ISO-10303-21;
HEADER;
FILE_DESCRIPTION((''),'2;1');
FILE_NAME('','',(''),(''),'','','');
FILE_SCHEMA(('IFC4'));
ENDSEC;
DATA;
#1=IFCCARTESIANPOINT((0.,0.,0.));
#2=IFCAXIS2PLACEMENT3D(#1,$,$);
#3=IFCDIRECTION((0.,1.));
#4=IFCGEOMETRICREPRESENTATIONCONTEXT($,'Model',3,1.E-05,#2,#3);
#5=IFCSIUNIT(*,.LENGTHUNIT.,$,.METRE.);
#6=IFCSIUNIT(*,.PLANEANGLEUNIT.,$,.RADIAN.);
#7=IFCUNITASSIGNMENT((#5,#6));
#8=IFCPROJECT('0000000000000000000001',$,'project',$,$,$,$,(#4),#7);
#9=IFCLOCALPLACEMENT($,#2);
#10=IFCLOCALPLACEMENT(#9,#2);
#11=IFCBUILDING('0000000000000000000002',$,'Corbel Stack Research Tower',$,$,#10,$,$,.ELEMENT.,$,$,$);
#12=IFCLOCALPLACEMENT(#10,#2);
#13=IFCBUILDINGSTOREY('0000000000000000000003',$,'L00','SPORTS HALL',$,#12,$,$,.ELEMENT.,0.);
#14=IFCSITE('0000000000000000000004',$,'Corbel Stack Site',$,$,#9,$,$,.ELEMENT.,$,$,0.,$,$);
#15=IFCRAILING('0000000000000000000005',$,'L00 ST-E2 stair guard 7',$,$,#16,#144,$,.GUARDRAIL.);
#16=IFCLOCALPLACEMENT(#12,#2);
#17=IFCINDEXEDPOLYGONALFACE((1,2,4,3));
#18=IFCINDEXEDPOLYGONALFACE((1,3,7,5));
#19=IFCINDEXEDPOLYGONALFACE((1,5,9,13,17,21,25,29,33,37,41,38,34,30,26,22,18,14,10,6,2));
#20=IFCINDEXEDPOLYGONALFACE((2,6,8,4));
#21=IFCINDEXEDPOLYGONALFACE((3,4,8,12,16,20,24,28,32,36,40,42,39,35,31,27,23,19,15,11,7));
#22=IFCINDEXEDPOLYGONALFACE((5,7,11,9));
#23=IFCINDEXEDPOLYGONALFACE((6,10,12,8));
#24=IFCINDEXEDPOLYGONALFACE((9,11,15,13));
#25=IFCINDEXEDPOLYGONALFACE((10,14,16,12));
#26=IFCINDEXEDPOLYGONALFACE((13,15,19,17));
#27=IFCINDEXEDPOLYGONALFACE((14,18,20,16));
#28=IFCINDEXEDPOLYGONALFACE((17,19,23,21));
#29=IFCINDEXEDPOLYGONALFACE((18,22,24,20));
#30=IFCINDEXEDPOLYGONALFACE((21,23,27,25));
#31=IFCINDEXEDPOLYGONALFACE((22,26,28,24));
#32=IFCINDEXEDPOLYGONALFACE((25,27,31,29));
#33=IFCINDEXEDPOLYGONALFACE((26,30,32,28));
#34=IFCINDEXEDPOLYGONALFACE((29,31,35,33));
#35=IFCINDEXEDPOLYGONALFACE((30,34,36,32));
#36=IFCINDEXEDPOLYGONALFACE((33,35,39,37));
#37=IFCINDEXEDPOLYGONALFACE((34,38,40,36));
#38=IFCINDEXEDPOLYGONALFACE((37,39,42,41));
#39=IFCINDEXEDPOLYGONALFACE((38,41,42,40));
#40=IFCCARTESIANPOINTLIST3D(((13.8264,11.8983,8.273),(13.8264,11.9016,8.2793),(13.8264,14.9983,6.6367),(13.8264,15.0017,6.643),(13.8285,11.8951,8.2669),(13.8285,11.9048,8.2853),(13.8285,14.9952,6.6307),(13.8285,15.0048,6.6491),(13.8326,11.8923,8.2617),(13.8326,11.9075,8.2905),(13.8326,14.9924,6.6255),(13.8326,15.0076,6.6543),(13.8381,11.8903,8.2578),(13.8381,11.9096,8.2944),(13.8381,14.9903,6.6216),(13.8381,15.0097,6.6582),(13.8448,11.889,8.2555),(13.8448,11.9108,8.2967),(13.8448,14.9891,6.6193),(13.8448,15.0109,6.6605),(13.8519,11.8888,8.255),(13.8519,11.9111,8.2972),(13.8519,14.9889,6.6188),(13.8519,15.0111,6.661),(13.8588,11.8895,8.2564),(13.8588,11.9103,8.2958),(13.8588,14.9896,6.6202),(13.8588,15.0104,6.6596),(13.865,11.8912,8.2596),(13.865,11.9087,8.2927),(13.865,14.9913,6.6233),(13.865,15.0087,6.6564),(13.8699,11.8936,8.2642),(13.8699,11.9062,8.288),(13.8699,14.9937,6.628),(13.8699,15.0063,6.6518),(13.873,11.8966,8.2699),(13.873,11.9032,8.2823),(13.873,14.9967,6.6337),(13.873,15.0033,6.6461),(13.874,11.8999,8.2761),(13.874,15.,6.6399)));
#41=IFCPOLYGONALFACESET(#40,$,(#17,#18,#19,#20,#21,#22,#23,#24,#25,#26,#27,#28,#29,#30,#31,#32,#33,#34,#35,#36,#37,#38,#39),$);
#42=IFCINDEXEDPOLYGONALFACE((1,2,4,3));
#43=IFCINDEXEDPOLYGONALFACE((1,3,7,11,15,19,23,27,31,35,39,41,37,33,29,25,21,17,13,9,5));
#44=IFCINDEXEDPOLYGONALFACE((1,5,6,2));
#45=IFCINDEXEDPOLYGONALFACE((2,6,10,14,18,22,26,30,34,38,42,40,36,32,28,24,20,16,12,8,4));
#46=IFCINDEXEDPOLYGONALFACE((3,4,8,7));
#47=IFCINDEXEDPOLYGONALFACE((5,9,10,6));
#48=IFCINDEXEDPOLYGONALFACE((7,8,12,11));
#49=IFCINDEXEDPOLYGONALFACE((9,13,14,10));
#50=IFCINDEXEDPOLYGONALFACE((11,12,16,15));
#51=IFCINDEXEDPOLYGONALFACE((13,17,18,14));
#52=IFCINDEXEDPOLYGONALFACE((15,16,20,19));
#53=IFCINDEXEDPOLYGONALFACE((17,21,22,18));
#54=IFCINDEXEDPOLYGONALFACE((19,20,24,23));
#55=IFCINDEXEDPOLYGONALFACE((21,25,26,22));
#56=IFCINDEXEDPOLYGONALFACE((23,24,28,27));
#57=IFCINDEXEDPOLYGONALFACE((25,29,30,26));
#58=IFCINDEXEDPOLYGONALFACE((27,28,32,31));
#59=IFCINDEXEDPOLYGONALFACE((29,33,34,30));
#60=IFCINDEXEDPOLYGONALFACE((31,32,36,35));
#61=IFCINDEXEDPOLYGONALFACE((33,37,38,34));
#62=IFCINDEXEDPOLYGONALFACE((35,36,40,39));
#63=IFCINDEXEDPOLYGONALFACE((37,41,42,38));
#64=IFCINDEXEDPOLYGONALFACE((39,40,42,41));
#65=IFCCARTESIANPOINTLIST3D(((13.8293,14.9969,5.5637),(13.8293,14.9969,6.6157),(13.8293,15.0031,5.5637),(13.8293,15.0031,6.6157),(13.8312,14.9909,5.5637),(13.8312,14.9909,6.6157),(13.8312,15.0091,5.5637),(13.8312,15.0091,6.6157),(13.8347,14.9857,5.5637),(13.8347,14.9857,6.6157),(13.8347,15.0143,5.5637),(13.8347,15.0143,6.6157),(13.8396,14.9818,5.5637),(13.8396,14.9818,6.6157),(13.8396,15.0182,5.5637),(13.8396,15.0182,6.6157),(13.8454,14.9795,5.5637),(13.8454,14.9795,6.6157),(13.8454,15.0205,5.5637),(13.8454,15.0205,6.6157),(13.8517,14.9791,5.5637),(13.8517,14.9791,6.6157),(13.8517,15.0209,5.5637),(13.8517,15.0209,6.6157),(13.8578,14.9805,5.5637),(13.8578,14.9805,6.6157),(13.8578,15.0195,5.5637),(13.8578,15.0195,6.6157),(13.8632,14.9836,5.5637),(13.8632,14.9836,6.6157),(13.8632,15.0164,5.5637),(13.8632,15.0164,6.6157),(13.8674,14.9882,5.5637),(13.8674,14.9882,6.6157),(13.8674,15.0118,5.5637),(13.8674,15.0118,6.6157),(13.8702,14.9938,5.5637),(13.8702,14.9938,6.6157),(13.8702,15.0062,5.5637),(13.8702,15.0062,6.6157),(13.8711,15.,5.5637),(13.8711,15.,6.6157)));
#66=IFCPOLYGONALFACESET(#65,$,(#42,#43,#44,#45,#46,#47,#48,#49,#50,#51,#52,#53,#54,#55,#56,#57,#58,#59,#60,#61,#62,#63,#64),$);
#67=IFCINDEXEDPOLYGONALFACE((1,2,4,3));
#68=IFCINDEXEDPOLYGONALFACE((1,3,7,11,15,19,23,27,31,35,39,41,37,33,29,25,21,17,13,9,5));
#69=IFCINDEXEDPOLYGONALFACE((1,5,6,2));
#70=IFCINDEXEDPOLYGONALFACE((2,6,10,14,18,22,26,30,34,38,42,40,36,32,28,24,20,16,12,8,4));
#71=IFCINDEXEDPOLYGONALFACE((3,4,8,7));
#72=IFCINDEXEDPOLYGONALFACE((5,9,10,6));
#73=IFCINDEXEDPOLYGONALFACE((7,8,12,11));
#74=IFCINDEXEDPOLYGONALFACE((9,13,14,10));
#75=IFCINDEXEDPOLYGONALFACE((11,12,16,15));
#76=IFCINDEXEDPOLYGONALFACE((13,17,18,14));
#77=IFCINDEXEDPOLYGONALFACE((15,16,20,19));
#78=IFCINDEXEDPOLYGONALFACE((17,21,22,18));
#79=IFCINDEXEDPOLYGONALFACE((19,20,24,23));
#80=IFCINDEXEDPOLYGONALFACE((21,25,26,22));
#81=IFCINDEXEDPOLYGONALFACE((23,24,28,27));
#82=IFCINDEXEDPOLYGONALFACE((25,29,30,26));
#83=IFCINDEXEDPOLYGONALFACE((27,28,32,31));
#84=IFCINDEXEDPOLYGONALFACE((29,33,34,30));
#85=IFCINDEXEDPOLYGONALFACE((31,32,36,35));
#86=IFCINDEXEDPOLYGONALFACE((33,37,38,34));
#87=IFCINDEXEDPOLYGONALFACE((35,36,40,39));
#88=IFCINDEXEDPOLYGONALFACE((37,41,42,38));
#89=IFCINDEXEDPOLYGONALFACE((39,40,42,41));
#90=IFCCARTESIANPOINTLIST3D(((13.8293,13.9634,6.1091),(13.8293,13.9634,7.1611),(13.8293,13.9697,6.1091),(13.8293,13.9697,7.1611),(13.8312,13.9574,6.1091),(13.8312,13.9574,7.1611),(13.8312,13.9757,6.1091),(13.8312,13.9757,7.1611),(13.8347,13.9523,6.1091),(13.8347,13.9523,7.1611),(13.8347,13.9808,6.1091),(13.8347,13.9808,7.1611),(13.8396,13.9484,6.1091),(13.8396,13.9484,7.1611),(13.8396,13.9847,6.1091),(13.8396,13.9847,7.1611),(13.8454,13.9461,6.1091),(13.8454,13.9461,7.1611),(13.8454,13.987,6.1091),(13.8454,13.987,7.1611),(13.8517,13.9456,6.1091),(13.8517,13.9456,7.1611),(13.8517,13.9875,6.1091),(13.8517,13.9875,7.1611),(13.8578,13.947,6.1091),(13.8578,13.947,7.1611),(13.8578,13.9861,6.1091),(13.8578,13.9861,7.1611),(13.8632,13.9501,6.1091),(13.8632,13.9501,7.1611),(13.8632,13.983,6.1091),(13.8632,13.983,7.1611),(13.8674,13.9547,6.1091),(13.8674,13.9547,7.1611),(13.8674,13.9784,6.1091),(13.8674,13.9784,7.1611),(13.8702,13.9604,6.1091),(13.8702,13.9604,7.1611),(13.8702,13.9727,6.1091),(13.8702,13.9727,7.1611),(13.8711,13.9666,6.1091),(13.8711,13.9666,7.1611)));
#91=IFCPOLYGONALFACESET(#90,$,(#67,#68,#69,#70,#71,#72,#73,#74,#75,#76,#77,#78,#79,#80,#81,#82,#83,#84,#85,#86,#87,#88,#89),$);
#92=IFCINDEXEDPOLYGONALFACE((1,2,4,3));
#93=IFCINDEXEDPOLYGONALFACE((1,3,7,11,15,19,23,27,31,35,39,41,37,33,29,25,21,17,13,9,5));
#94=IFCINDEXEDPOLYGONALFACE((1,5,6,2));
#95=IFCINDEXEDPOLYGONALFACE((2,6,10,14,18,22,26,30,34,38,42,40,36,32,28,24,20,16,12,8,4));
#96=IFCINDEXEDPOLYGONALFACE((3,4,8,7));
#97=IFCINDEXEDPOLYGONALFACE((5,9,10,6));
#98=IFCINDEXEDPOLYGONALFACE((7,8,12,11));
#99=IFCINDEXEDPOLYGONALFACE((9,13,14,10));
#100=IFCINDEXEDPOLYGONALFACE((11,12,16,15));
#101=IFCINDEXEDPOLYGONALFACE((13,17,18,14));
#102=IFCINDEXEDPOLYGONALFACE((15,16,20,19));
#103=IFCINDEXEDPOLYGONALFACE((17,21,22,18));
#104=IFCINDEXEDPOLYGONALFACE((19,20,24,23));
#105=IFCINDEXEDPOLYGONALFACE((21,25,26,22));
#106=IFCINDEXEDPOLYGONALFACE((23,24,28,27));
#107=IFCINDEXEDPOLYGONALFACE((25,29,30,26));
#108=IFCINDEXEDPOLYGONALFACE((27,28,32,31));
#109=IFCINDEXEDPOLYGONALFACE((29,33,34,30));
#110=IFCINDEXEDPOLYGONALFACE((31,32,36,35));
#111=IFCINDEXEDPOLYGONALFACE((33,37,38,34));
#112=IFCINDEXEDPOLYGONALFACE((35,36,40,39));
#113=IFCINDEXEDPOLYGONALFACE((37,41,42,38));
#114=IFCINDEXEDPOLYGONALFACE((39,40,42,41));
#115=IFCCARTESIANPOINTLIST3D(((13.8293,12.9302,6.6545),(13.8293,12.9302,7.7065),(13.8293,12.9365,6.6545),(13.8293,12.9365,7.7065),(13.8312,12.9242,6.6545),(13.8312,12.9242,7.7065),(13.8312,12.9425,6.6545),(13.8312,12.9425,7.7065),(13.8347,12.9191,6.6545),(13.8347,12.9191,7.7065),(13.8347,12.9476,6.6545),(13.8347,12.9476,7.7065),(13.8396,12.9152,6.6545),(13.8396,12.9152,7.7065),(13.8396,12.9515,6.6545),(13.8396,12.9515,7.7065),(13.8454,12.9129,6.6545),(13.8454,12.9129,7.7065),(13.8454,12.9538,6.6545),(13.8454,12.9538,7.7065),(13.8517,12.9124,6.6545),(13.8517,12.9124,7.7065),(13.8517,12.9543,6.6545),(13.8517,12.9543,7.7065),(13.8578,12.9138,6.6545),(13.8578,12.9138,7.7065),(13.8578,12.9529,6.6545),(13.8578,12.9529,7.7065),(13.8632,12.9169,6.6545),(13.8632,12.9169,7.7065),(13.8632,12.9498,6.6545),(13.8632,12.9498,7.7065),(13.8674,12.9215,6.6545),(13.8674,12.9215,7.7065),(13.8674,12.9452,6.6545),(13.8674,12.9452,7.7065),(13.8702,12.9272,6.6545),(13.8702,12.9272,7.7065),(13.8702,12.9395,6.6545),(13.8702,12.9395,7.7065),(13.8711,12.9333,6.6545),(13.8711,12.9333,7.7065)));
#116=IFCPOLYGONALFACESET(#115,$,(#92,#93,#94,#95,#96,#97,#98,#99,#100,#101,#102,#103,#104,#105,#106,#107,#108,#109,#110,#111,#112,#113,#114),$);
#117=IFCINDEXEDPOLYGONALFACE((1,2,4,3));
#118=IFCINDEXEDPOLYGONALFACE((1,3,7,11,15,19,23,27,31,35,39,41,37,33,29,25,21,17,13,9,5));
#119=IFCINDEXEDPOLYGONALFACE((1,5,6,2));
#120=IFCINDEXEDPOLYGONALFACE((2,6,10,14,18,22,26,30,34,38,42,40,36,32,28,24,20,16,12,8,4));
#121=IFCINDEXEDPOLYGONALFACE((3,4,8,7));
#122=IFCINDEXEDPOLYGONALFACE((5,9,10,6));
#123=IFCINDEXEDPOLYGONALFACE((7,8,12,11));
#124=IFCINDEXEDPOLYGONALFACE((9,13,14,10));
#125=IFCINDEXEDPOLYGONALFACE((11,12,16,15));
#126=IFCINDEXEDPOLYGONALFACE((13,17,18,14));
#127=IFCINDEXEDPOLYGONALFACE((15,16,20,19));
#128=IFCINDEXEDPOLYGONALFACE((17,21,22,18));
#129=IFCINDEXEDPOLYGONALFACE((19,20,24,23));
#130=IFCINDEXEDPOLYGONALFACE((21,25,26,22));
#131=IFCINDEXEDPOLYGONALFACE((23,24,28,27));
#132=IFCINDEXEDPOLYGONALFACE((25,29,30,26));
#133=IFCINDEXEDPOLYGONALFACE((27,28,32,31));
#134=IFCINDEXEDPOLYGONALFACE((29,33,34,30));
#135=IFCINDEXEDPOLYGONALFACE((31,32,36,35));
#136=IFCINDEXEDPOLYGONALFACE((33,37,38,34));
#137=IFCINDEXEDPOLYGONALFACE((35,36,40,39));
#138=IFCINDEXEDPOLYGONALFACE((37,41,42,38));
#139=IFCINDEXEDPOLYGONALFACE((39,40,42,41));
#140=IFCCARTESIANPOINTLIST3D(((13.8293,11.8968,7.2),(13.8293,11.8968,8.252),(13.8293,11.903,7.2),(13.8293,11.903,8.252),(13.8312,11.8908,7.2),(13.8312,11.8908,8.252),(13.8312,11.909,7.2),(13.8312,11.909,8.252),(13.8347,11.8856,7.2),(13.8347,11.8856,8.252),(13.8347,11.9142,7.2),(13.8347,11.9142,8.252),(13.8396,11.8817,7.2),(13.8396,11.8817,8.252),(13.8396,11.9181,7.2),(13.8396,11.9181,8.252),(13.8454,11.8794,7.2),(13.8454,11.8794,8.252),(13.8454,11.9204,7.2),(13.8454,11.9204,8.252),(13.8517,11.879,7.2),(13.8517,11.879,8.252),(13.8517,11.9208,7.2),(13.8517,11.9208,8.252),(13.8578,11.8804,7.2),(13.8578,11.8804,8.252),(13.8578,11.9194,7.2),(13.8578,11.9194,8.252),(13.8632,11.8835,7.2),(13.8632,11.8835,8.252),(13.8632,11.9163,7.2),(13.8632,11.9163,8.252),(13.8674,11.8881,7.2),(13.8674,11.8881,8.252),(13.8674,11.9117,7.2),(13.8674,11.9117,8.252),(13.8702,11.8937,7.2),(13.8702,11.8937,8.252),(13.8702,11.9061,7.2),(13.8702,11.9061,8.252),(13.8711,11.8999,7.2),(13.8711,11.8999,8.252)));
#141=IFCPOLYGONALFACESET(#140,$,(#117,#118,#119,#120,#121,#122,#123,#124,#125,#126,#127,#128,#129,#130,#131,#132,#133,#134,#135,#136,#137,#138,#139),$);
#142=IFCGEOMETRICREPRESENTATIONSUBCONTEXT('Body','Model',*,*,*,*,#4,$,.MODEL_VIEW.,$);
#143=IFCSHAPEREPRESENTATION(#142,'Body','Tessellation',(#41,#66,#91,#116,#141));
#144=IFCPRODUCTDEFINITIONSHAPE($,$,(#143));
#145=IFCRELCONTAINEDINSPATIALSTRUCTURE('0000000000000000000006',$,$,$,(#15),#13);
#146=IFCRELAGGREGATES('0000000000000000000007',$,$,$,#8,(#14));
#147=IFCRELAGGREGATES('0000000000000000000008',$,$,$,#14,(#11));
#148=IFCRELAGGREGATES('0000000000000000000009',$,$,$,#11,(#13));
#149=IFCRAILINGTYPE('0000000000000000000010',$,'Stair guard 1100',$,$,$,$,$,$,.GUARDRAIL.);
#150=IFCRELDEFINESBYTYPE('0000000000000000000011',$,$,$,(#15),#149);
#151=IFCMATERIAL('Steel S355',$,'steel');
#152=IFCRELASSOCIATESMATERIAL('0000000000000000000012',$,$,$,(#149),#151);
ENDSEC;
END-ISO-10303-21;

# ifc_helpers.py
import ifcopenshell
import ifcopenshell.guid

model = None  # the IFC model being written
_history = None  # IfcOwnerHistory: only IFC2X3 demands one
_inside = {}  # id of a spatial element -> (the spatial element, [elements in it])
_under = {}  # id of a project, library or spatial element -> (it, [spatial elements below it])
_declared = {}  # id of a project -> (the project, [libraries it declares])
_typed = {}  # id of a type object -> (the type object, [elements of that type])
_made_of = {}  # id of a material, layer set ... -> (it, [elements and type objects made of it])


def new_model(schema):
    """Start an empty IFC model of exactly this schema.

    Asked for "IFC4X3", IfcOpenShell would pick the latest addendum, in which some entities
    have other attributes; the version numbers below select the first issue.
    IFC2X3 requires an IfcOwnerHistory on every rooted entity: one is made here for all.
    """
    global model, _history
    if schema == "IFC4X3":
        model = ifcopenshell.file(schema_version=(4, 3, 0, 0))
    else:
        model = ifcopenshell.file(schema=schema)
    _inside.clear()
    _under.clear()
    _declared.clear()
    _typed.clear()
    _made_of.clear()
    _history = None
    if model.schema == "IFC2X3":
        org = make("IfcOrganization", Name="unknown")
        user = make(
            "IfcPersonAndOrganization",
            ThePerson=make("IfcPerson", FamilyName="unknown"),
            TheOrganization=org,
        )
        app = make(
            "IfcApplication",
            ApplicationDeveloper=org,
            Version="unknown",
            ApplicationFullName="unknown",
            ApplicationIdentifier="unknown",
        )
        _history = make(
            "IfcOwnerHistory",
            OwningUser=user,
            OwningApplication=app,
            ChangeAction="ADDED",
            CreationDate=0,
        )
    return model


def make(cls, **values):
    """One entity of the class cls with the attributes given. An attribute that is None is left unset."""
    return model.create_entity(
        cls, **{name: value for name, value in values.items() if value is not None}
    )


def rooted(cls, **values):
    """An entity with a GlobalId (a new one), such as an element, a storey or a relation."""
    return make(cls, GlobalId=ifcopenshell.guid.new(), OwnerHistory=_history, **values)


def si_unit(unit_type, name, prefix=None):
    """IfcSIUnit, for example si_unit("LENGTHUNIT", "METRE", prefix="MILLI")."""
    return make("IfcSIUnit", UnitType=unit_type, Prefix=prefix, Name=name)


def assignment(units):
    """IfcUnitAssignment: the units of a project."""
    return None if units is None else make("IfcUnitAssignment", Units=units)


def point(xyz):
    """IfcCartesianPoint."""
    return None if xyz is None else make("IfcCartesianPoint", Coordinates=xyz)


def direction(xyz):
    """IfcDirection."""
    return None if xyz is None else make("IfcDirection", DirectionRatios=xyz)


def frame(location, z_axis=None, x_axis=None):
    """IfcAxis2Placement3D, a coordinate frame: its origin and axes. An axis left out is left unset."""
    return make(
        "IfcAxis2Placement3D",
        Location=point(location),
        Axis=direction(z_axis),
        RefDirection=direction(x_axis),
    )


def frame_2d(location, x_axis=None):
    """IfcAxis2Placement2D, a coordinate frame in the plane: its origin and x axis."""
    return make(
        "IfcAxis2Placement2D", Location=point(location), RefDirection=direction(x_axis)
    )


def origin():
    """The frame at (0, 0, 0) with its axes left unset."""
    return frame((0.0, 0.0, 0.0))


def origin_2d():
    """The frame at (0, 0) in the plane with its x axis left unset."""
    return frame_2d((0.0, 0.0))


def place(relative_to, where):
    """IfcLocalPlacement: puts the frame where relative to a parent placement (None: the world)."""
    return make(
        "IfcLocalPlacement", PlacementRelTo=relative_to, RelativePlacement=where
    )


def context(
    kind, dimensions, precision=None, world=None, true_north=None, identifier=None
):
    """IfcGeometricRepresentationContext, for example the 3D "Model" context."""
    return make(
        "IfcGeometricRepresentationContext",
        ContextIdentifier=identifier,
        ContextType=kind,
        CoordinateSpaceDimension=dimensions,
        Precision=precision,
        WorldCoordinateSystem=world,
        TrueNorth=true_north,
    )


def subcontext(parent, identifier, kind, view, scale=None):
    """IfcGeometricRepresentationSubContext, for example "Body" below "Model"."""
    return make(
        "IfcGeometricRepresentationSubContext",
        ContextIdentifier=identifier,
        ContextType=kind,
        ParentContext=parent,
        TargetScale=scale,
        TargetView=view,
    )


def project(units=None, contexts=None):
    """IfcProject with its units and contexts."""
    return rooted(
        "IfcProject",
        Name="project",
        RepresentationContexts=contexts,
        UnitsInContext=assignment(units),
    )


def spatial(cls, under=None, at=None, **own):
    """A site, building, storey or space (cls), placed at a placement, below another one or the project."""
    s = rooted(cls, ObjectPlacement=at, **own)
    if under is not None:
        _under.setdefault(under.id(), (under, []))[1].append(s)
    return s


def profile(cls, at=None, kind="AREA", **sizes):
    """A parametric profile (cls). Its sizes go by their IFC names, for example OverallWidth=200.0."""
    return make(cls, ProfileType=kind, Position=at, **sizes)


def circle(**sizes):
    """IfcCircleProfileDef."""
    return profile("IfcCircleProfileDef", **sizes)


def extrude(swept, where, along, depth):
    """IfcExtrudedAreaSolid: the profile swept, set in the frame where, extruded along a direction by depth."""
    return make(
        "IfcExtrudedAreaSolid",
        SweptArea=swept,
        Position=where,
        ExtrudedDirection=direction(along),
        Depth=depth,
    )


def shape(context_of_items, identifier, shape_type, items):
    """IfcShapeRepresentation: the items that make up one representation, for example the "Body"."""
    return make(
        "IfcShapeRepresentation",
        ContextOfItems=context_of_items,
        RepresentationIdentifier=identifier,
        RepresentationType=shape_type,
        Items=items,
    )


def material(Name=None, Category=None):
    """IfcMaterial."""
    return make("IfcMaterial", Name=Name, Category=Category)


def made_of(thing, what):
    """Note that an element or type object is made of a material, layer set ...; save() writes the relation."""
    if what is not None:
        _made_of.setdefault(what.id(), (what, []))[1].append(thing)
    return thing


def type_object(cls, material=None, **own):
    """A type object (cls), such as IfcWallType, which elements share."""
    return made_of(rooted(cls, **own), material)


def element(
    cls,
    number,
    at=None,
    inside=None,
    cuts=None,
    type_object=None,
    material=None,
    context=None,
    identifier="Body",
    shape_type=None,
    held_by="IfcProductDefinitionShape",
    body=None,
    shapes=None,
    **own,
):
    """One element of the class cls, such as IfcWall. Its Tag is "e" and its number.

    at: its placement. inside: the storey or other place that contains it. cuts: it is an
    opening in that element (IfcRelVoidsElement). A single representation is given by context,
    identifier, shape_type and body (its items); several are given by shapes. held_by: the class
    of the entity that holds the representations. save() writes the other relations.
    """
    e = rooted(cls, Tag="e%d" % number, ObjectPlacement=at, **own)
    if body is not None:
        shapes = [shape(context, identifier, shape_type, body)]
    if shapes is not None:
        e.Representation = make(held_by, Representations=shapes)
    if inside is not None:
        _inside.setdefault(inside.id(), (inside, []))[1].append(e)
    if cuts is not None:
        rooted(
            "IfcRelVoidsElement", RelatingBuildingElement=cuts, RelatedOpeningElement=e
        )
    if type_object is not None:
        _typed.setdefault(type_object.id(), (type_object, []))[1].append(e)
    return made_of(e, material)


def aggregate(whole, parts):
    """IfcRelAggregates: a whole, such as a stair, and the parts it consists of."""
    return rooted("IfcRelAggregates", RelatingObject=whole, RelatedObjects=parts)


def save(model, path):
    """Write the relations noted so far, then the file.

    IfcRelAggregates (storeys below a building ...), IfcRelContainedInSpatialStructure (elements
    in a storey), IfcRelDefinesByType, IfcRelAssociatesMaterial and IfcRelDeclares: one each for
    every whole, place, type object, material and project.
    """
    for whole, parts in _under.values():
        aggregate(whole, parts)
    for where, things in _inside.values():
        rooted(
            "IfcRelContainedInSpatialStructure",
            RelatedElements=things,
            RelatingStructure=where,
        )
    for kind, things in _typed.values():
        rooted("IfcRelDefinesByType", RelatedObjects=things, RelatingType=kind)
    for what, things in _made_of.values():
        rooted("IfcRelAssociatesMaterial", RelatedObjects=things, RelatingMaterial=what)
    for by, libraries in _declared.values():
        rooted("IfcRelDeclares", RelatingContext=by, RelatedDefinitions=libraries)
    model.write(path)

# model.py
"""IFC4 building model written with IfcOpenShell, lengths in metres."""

from ifc_helpers import new_model, si_unit, direction, frame, origin, origin_2d, place, context, subcontext, project, spatial, circle, extrude, material, type_object, element, save


model = new_model("IFC4")

# Units and contexts
model_context = context("Model", 3, precision=1e-05, world=origin(), true_north=direction((0.0, 1.0)))
body_context = subcontext(model_context, "Body", "Model", "MODEL_VIEW")
ifc_project = project(units=[si_unit("LENGTHUNIT", "METRE"), si_unit("PLANEANGLEUNIT", "RADIAN")], contexts=[model_context])

# Site, building, storey
site_placement = place(None, origin())
site = spatial("IfcSite", under=ifc_project, at=site_placement, Name="Corbel Stack Site", CompositionType="ELEMENT", RefElevation=0.0)
building_placement = place(site_placement, origin())
building = spatial("IfcBuilding", under=site, at=building_placement, Name="Corbel Stack Research Tower", CompositionType="ELEMENT")
storey_placement = place(building_placement, origin())
storey = spatial("IfcBuildingStorey", under=building, at=storey_placement, Name="L00", Description="SPORTS HALL", CompositionType="ELEMENT", Elevation=0.0)

# Railing
ifc_material_1 = material(Name="Steel S355", Category="steel")
railing_type_1 = type_object("IfcRailingType", Name="Stair guard 1100", PredefinedType="GUARDRAIL", material=ifc_material_1)
railing_1_placement = place(storey_placement, frame((13.8501, 15.0, 5.5637)))
element("IfcRailing", 1, at=railing_1_placement, inside=storey, type_object=railing_type_1, Name="L00 ST-E2 stair guard 7", PredefinedType="GUARDRAIL", context=body_context, shape_type="SweptSolid", body=[
    extrude(circle(Radius=0.0239, at=origin_2d()), frame((0.0, 0.0, 1.0762), z_axis=(0.0, -0.884377, 0.466774), x_axis=(1.0, 0.0, 0.0)), (0.0, 0.0, 1.0), 3.5054),
    extrude(circle(Radius=0.021, at=origin_2d()), origin(), (0.0, 0.0, 1.0), 1.052),
    extrude(circle(Radius=0.021, at=origin_2d()), frame((0.0, -1.0334, 0.5454)), (0.0, 0.0, 1.0), 1.052),
    extrude(circle(Radius=0.021, at=origin_2d()), frame((0.0, -2.0667, 1.0908)), (0.0, 0.0, 1.0), 1.052),
    extrude(circle(Radius=0.021, at=origin_2d()), frame((0.0, -3.1001, 1.6362)), (0.0, 0.0, 1.0), 1.052),
])

save(model, "model.ifc")
